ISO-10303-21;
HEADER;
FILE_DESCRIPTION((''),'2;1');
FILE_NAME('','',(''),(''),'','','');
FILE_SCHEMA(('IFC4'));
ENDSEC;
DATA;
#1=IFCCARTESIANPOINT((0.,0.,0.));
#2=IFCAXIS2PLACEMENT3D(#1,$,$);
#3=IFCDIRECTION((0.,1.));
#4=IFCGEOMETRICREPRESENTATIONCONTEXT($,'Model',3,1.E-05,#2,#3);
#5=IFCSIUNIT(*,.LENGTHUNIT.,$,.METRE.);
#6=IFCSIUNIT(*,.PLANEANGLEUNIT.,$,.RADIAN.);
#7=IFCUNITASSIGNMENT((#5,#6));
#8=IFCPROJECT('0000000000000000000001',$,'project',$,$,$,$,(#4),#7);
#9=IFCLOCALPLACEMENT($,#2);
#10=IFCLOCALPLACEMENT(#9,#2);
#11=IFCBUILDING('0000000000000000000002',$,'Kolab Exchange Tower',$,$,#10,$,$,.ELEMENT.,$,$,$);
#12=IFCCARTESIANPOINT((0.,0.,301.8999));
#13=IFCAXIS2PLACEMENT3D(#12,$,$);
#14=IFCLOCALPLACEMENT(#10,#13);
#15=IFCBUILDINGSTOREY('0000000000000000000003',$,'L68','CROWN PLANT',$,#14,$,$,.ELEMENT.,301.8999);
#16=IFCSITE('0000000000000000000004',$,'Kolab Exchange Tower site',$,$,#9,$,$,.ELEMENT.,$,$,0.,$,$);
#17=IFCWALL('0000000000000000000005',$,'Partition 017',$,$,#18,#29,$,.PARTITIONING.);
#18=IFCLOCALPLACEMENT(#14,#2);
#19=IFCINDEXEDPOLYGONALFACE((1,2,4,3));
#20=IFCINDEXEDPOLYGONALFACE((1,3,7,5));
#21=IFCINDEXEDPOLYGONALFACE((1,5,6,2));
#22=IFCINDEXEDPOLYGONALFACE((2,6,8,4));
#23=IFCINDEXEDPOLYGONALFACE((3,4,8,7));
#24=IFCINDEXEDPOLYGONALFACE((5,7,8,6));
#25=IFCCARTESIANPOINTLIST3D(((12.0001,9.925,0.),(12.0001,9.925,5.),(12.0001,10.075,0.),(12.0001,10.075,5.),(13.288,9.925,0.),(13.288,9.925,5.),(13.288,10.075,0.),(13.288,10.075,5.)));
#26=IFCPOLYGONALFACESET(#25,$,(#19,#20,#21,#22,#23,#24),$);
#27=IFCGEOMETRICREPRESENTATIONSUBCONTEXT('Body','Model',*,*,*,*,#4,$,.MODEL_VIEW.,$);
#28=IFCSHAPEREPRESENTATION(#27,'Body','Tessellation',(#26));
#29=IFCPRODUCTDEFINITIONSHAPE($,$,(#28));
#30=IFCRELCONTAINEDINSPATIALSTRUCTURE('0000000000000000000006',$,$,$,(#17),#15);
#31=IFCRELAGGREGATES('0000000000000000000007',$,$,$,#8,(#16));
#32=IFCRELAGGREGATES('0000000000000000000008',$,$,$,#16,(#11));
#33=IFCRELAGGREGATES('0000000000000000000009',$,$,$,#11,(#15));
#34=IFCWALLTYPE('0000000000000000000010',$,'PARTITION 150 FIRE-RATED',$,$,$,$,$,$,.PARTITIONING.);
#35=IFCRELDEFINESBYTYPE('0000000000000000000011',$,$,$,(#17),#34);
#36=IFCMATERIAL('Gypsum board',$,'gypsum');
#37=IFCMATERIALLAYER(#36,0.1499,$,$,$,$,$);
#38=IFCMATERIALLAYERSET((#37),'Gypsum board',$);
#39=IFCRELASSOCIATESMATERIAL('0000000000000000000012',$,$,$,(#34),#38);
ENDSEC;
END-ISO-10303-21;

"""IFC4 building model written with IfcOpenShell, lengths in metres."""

from ifc_helpers import new_model, si_unit, direction, frame, frame_2d, origin, place, context, subcontext, project, spatial, rectangle, extrude, material, layer, layer_set, type_object, element, save


model = new_model("IFC4")

# Units and contexts
model_context = context("Model", 3, precision=1e-05, world=origin(), true_north=direction((0.0, 1.0)))
body_context = subcontext(model_context, "Body", "Model", "MODEL_VIEW")
ifc_project = project(units=[si_unit("LENGTHUNIT", "METRE"), si_unit("PLANEANGLEUNIT", "RADIAN")], contexts=[model_context])

# Site, building, storey
site_placement = place(None, origin())
site = spatial("IfcSite", under=ifc_project, at=site_placement, Name="Kolab Exchange Tower site", CompositionType="ELEMENT", RefElevation=0.0)
building_placement = place(site_placement, origin())
building = spatial("IfcBuilding", under=site, at=building_placement, Name="Kolab Exchange Tower", CompositionType="ELEMENT")
storey_placement = place(building_placement, frame((0.0, 0.0, 301.8999)))
storey = spatial("IfcBuildingStorey", under=building, at=storey_placement, Name="L68", Description="CROWN PLANT", CompositionType="ELEMENT", Elevation=301.8999)

# Wall
ifc_material_1 = material(Name="Gypsum board", Category="gypsum")
ifc_layer_1 = layer(ifc_material_1, 0.1499)
ifc_layer_set_1 = layer_set([ifc_layer_1], Name="Gypsum board")
wall_type_1 = type_object("IfcWallType", Name="PARTITION 150 FIRE-RATED", PredefinedType="PARTITIONING", material=ifc_layer_set_1)
wall_1_placement = place(storey_placement, frame((12.0, 10.0, 0.0), z_axis=(0.0, 0.0, 1.0), x_axis=(1.0, 0.0, 0.0)))
element("IfcWall", 1, at=wall_1_placement, inside=storey, type_object=wall_type_1, Name="Partition 017", PredefinedType="PARTITIONING", context=body_context, shape_type="SweptSolid", body=[
    extrude(rectangle(XDim=1.2878, YDim=0.1499, at=frame_2d((0.644, 0.0))), origin(), (0.0, 0.0, 1.0), 5.0),
])

save(model, "model.ifc")
